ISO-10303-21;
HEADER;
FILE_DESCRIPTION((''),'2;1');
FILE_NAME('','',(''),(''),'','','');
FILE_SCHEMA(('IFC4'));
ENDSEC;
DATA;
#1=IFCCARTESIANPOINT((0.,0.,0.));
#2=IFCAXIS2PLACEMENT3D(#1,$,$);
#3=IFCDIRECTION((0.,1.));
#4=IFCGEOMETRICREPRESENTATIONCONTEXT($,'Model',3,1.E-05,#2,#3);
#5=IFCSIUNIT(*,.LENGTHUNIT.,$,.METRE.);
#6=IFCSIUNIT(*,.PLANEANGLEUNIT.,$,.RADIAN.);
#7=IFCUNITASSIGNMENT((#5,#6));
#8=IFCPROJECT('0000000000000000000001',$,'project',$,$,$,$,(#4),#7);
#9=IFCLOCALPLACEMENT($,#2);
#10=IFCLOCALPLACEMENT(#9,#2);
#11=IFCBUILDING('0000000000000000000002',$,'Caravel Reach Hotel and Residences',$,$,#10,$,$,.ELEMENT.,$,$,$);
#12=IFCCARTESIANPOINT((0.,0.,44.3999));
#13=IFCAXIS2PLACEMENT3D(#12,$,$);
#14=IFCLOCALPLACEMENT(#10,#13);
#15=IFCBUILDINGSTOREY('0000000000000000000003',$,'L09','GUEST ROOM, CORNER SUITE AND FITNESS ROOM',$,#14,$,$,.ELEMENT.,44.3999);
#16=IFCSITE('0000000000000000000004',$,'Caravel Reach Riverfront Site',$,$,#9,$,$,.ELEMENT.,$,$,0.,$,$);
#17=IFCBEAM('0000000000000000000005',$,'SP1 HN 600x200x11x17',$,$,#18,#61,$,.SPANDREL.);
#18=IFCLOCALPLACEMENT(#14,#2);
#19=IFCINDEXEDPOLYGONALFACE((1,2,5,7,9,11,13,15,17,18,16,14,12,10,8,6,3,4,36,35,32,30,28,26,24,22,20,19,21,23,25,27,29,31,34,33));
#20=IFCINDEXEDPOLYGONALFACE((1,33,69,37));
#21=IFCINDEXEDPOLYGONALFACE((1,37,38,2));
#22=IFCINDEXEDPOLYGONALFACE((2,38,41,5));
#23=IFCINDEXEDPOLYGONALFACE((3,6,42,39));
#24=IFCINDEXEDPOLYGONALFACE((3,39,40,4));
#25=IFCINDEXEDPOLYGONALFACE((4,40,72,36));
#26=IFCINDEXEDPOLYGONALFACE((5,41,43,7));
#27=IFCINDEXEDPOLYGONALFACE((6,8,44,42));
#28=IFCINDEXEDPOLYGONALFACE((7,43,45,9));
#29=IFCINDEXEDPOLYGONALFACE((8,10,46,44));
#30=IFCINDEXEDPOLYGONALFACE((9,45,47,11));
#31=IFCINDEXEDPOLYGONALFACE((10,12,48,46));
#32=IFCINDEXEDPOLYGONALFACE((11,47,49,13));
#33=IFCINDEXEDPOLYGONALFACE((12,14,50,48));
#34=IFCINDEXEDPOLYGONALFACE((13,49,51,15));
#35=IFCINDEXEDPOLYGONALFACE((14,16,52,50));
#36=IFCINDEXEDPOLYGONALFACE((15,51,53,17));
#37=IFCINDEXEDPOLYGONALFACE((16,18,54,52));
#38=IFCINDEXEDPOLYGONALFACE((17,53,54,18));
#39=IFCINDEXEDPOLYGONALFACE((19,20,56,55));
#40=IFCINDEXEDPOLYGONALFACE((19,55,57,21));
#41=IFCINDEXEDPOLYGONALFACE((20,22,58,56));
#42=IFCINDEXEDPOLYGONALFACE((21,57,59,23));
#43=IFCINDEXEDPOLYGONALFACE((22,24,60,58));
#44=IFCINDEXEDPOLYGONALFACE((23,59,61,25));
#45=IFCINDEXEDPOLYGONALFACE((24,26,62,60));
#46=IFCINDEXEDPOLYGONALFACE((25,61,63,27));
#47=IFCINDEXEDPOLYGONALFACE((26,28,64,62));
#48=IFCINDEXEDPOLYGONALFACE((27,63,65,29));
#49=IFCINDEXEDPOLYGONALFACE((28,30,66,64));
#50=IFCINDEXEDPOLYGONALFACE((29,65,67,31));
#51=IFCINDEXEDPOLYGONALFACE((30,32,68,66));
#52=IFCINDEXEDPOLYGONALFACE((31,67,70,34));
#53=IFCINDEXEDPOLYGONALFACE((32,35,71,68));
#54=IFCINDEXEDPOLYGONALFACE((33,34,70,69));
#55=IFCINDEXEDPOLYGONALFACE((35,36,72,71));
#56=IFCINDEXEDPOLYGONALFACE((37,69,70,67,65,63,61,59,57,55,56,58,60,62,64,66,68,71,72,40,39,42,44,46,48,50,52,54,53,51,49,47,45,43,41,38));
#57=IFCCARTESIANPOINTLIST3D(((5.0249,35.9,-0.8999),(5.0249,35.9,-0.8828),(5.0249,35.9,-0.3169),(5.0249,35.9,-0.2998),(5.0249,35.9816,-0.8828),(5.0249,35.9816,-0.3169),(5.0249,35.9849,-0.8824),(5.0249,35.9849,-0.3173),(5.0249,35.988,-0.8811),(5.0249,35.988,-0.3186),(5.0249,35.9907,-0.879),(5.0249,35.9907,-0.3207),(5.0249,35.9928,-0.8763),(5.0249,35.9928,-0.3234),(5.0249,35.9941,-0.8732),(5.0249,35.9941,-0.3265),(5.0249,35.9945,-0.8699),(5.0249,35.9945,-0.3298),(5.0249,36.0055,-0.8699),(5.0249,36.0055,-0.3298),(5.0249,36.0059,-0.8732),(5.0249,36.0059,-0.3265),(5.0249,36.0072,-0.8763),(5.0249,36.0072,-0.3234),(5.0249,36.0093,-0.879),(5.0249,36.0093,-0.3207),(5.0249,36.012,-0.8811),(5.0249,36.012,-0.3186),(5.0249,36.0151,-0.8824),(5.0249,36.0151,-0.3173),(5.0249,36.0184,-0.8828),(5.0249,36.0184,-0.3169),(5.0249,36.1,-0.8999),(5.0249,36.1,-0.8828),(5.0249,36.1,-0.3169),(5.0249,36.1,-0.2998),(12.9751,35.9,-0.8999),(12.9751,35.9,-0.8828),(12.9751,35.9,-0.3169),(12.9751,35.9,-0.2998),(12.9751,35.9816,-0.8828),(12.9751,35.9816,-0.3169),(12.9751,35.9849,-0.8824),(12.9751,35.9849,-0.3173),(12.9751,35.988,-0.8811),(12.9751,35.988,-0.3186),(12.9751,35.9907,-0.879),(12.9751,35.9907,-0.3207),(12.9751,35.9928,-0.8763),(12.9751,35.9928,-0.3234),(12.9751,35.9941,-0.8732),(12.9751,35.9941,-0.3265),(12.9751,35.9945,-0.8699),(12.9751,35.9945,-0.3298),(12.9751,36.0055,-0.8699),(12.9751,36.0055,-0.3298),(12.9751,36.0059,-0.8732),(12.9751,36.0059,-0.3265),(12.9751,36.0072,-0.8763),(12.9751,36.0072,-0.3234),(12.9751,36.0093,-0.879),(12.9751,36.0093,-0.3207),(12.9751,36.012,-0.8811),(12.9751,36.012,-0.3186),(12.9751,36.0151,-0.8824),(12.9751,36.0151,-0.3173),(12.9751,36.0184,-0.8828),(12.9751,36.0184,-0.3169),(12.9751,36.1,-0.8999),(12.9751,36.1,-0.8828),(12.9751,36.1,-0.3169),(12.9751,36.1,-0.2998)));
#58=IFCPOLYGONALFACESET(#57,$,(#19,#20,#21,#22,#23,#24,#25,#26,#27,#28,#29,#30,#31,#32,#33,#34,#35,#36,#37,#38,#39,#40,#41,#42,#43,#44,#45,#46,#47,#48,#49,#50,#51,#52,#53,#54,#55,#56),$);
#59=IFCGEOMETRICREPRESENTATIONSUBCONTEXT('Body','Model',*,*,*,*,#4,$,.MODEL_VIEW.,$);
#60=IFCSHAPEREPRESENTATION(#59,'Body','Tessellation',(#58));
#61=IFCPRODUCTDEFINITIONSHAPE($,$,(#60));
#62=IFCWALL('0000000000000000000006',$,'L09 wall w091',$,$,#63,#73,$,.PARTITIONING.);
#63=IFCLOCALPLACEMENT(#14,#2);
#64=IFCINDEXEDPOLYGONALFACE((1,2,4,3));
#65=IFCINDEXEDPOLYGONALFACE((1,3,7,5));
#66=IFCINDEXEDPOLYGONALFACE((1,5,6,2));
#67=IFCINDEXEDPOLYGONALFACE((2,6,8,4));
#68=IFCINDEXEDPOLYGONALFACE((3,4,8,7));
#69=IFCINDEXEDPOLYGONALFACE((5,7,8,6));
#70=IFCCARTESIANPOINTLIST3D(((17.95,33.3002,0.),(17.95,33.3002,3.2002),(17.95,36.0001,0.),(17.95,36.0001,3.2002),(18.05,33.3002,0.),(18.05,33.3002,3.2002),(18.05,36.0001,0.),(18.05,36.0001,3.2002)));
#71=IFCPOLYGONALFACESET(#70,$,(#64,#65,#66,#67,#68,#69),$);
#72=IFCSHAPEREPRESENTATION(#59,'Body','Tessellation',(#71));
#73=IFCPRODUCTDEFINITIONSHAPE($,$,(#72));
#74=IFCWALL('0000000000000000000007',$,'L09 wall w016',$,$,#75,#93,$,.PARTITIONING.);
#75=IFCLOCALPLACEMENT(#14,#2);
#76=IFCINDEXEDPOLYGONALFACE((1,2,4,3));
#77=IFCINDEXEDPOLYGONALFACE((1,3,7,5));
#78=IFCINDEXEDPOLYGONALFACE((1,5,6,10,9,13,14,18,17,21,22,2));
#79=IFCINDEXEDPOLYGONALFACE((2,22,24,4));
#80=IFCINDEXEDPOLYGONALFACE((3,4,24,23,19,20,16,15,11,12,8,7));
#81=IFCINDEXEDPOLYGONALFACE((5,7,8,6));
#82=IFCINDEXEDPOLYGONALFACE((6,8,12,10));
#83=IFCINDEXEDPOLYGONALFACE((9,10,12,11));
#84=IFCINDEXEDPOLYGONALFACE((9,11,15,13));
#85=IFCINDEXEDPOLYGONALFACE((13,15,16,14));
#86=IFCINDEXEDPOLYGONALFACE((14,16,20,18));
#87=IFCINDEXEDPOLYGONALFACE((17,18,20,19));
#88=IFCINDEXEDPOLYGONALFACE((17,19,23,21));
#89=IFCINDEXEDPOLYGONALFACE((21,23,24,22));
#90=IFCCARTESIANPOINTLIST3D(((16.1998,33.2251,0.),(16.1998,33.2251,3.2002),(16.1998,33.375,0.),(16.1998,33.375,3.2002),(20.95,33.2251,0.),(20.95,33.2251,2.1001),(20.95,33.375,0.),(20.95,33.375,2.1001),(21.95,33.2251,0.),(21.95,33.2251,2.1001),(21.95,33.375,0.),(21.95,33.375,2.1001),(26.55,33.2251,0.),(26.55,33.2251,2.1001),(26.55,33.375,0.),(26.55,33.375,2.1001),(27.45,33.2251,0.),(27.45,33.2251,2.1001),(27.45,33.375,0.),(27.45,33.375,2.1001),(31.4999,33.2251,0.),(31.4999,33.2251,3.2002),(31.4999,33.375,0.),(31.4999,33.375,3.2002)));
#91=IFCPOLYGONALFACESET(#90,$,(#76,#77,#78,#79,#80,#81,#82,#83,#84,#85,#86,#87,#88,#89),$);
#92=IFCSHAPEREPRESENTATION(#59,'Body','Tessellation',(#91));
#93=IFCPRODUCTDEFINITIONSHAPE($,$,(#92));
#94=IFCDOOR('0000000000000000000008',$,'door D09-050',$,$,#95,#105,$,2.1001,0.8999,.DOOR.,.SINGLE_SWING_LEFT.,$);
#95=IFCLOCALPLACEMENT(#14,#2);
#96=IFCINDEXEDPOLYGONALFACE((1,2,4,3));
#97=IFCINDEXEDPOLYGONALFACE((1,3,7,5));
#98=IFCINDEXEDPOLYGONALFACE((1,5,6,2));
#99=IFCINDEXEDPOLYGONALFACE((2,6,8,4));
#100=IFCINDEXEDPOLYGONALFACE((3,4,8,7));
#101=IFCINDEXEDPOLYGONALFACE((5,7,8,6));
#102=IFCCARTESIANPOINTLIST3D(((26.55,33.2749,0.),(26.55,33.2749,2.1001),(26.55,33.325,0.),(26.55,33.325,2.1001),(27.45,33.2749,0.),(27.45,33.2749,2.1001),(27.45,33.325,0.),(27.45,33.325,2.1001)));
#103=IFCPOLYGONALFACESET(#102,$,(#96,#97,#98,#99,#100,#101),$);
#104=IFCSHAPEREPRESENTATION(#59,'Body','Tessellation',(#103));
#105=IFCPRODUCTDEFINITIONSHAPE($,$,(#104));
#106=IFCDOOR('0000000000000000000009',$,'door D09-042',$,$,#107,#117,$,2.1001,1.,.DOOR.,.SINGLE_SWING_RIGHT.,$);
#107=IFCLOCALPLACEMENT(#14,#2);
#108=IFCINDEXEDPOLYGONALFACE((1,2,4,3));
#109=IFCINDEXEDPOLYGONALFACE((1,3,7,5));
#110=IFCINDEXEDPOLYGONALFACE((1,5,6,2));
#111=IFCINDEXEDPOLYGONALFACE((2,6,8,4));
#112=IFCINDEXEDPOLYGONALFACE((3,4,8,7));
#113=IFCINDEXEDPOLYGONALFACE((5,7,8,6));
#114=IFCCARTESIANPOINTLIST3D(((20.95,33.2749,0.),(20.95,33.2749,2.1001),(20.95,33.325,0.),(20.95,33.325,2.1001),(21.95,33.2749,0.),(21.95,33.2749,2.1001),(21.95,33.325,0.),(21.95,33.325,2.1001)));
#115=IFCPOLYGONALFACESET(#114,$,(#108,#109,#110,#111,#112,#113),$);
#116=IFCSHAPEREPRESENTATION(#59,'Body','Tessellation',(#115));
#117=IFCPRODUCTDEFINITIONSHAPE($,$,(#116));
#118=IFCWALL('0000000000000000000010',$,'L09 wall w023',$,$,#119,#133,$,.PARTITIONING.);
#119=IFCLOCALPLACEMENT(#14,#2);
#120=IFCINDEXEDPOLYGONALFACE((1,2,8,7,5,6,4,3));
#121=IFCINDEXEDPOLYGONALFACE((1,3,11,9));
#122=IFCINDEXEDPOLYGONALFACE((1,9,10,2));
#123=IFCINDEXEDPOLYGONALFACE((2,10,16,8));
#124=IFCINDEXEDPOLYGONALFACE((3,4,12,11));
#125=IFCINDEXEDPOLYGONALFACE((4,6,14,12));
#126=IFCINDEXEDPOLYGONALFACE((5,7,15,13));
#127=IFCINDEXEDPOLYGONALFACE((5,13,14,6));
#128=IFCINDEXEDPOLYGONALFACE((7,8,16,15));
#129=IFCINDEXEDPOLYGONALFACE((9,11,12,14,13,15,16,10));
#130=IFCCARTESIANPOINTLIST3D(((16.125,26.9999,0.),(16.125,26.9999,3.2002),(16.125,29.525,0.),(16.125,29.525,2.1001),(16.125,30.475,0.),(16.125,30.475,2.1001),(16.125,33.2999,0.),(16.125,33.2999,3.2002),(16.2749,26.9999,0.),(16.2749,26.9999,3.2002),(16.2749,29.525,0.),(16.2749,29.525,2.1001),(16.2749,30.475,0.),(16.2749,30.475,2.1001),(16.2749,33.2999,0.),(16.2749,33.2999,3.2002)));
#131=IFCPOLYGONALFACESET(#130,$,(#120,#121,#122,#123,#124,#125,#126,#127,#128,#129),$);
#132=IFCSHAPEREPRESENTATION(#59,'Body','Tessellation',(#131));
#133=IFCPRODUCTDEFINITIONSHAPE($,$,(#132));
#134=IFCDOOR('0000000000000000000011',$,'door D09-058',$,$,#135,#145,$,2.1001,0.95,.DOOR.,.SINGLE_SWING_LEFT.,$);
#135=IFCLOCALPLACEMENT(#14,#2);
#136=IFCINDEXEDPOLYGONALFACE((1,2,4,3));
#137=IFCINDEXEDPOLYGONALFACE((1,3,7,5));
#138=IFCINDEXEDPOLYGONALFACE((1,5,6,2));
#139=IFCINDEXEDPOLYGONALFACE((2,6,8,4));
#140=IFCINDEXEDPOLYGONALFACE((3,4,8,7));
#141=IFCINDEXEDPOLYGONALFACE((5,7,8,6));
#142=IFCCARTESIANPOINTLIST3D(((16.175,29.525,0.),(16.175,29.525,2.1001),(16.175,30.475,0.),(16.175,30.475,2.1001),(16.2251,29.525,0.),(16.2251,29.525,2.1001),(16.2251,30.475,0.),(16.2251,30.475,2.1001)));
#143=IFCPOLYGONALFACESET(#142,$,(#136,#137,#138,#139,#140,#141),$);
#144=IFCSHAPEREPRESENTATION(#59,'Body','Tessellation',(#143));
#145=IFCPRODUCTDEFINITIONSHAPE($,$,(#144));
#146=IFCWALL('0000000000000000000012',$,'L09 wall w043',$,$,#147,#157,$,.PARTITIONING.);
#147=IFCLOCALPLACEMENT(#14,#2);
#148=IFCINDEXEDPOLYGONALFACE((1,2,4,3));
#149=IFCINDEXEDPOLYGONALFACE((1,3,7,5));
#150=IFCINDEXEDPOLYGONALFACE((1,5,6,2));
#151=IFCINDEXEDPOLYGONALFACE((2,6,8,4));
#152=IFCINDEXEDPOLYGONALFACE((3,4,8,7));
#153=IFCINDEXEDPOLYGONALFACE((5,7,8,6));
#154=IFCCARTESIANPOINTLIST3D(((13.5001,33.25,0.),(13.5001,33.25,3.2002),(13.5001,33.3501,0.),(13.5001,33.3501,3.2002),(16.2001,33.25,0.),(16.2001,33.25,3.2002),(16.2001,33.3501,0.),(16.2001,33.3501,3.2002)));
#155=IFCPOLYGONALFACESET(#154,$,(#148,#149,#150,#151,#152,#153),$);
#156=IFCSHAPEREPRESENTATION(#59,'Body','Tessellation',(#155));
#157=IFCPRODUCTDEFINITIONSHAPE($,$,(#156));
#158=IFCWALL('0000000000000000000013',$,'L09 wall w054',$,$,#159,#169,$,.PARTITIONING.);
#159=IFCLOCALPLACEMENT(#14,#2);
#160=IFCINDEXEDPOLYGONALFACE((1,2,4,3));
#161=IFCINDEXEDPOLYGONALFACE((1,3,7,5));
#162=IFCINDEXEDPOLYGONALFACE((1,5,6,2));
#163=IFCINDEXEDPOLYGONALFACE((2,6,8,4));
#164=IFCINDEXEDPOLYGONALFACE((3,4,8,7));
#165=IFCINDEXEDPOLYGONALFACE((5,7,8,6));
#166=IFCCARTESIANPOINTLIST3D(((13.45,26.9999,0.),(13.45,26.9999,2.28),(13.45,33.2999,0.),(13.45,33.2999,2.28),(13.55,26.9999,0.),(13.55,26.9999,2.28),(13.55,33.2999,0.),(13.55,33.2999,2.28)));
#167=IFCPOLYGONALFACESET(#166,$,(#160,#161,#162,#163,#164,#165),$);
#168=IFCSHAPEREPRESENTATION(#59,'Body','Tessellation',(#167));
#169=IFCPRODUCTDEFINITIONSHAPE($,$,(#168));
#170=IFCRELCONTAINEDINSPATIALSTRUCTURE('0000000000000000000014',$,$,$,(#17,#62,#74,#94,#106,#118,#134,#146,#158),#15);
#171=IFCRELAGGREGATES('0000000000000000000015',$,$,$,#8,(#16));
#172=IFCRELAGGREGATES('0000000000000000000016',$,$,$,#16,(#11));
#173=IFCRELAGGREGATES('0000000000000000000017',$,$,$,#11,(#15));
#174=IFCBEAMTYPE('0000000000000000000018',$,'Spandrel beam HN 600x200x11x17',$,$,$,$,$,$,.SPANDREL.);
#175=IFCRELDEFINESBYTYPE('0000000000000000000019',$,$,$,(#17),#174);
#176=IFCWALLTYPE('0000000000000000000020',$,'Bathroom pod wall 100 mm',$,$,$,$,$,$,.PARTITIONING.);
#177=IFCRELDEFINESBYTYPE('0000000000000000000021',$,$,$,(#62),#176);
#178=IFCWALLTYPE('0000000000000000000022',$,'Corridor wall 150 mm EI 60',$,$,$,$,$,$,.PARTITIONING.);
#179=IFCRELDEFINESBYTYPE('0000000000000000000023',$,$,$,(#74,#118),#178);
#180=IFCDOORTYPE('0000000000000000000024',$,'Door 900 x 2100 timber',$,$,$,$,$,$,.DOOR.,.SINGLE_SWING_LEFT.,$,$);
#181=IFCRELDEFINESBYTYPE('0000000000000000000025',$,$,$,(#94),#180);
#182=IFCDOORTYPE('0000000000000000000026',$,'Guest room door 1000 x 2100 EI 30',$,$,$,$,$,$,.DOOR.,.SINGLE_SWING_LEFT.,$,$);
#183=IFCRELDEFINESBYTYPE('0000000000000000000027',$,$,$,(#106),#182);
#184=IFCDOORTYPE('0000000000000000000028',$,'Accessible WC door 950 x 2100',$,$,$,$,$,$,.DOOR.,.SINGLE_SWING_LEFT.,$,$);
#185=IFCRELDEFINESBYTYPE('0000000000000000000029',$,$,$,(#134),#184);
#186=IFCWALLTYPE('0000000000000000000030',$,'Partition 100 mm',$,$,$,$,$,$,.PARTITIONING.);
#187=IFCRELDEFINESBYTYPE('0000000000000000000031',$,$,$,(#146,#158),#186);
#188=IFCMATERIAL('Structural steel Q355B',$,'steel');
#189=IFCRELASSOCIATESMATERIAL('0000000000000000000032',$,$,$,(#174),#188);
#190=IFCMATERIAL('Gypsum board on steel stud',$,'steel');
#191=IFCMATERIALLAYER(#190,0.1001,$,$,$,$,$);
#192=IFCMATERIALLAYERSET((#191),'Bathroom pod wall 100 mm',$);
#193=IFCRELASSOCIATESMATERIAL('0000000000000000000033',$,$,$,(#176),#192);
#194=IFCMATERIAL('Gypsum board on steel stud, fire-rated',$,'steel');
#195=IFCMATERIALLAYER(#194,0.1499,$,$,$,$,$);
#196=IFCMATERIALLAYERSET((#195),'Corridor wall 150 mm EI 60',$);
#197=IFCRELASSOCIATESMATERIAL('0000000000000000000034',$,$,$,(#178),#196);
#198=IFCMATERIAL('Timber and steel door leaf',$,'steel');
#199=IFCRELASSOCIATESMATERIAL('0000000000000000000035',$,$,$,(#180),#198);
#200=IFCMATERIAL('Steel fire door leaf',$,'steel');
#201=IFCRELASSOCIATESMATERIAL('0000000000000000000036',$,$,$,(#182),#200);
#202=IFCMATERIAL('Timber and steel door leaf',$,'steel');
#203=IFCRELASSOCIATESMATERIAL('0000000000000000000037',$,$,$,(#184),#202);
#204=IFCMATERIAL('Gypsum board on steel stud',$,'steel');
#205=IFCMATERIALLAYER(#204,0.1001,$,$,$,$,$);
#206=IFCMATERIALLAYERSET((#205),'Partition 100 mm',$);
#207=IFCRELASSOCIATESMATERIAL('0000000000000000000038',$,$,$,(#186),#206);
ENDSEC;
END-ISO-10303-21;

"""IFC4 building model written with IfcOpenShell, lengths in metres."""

from ifc_helpers import new_model, si_unit, direction, frame, frame_2d, origin, origin_2d, place, context, subcontext, project, spatial, rectangle, i_section, extrude, material, layer, layer_set, material_profile, profile_set, type_object, element, fill, save


model = new_model("IFC4")

# Units and contexts
model_context = context("Model", 3, precision=1e-05, world=origin(), true_north=direction((0.0, 1.0)))
body_context = subcontext(model_context, "Body", "Model", "MODEL_VIEW")
ifc_project = project(units=[si_unit("LENGTHUNIT", "METRE"), si_unit("PLANEANGLEUNIT", "RADIAN")], contexts=[model_context])

# Site, building, storey
site_placement = place(None, origin())
site = spatial("IfcSite", under=ifc_project, at=site_placement, Name="Caravel Reach Riverfront Site", CompositionType="ELEMENT", RefElevation=0.0)
building_placement = place(site_placement, origin())
building = spatial("IfcBuilding", under=site, at=building_placement, Name="Caravel Reach Hotel and Residences", CompositionType="ELEMENT")
storey_placement = place(building_placement, frame((0.0, 0.0, 44.3999)))
storey = spatial("IfcBuildingStorey", under=building, at=storey_placement, Name="L09", Description="GUEST ROOM, CORNER SUITE AND FITNESS ROOM", CompositionType="ELEMENT", Elevation=44.3999)

# Beam
ifc_material_1 = material(Name="Structural steel Q355B", Category="steel")
ifc_material_profile_1 = material_profile(ifc_material_1, i_section(OverallWidth=0.2, OverallDepth=0.6001, WebThickness=0.011, FlangeThickness=0.0171, FilletRadius=0.0129, at=origin_2d()), Name="HN 600x200x11x17")
ifc_profile_set_1 = profile_set([ifc_material_profile_1], Name="Structural steel Q355B")
beam_type_1 = type_object("IfcBeamType", Name="Spandrel beam HN 600x200x11x17", PredefinedType="SPANDREL", material=ifc_profile_set_1)
beam_1_placement = place(storey_placement, frame((12.9751, 36.0, -0.5999), z_axis=(-1.0, 0.0, 0.0), x_axis=(0.0, -1.0, 0.0)))
element("IfcBeam", 1, at=beam_1_placement, inside=storey, type_object=beam_type_1, Name="SP1 HN 600x200x11x17", PredefinedType="SPANDREL", context=body_context, shape_type="SweptSolid", body=[
    extrude(i_section(OverallWidth=0.2, OverallDepth=0.6001, WebThickness=0.011, FlangeThickness=0.0171, FilletRadius=0.0129, at=origin_2d()), origin(), (0.0, 0.0, 1.0), 7.9502),
])

# Wall
ifc_material_2 = material(Name="Gypsum board on steel stud", Category="steel")
ifc_layer_1 = layer(ifc_material_2, 0.1001)
ifc_layer_set_1 = layer_set([ifc_layer_1], Name="Bathroom pod wall 100 mm")
wall_type_1 = type_object("IfcWallType", Name="Bathroom pod wall 100 mm", PredefinedType="PARTITIONING", material=ifc_layer_set_1)
wall_1_placement = place(storey_placement, frame((18.0, 33.3, 0.0), z_axis=(0.0, 0.0, 1.0), x_axis=(0.0, 1.0, 0.0)))
element("IfcWall", 2, at=wall_1_placement, inside=storey, type_object=wall_type_1, Name="L09 wall w091", PredefinedType="PARTITIONING", context=body_context, shape_type="SweptSolid", body=[
    extrude(rectangle(XDim=2.7, YDim=0.1001, at=frame_2d((1.3501, 0.0))), origin(), (0.0, 0.0, 1.0), 3.2002),
])

# Wall, openings, doors
ifc_material_3 = material(Name="Gypsum board on steel stud, fire-rated", Category="steel")
ifc_layer_2 = layer(ifc_material_3, 0.1499)
ifc_layer_set_2 = layer_set([ifc_layer_2], Name="Corridor wall 150 mm EI 60")
wall_type_2 = type_object("IfcWallType", Name="Corridor wall 150 mm EI 60", PredefinedType="PARTITIONING", material=ifc_layer_set_2)
wall_2_placement = place(storey_placement, frame((16.2, 33.3, 0.0), z_axis=(0.0, 0.0, 1.0), x_axis=(1.0, 0.0, 0.0)))
wall_2 = element("IfcWall", 3, at=wall_2_placement, inside=storey, type_object=wall_type_2, Name="L09 wall w016", PredefinedType="PARTITIONING", context=body_context, shape_type="SweptSolid", body=[
    extrude(rectangle(XDim=15.3, YDim=0.1499, at=frame_2d((7.6499, 0.0))), origin(), (0.0, 0.0, 1.0), 3.2002),
])
opening_1_placement = place(wall_2_placement, frame((4.75, 0.0, 0.0)))
opening_1 = element("IfcOpeningElement", 4, at=opening_1_placement, cuts=wall_2, PredefinedType="OPENING", context=body_context, shape_type="SweptSolid", body=[
    extrude(rectangle(XDim=1.0, YDim=2.1001, at=frame_2d((0.5, 1.05))), frame((0.0, 0.085, 0.0), z_axis=(0.0, -1.0, 0.0), x_axis=(1.0, 0.0, 0.0)), (0.0, 0.0, 1.0), 0.1699),
])
opening_2_placement = place(wall_2_placement, frame((10.3501, 0.0, 0.0)))
opening_2 = element("IfcOpeningElement", 5, at=opening_2_placement, cuts=wall_2, PredefinedType="OPENING", context=body_context, shape_type="SweptSolid", body=[
    extrude(rectangle(XDim=0.8999, YDim=2.1001, at=frame_2d((0.45, 1.05))), frame((0.0, 0.085, 0.0), z_axis=(0.0, -1.0, 0.0), x_axis=(1.0, 0.0, 0.0)), (0.0, 0.0, 1.0), 0.1699),
])
ifc_material_4 = material(Name="Timber and steel door leaf", Category="steel")
door_type_1 = type_object("IfcDoorType", Name="Door 900 x 2100 timber", OperationType="SINGLE_SWING_LEFT", PredefinedType="DOOR", material=ifc_material_4)
door_1_placement = place(opening_2_placement, origin())
door_1 = element("IfcDoor", 6, at=door_1_placement, inside=storey, type_object=door_type_1, Name="door D09-050", OperationType="SINGLE_SWING_LEFT", OverallHeight=2.1001, OverallWidth=0.8999, PredefinedType="DOOR", context=body_context, shape_type="SweptSolid", body=[
    extrude(rectangle(XDim=0.8999, YDim=2.1001, at=frame_2d((0.45, 1.05))), frame((0.0, 0.0249, 0.0), z_axis=(0.0, -1.0, 0.0), x_axis=(1.0, 0.0, 0.0)), (0.0, 0.0, 1.0), 0.05),
])
fill(opening_2, door_1)
ifc_material_5 = material(Name="Steel fire door leaf", Category="steel")
door_type_2 = type_object("IfcDoorType", Name="Guest room door 1000 x 2100 EI 30", OperationType="SINGLE_SWING_LEFT", PredefinedType="DOOR", material=ifc_material_5)
door_2_placement = place(opening_1_placement, origin())
door_2 = element("IfcDoor", 7, at=door_2_placement, inside=storey, type_object=door_type_2, Name="door D09-042", OperationType="SINGLE_SWING_RIGHT", OverallHeight=2.1001, OverallWidth=1.0, PredefinedType="DOOR", context=body_context, shape_type="SweptSolid", body=[
    extrude(rectangle(XDim=1.0, YDim=2.1001, at=frame_2d((0.5, 1.05))), frame((0.0, 0.0249, 0.0), z_axis=(0.0, -1.0, 0.0), x_axis=(1.0, 0.0, 0.0)), (0.0, 0.0, 1.0), 0.05),
])
fill(opening_1, door_2)

# Wall, opening, door
wall_3_placement = place(storey_placement, frame((16.2, 27.0, 0.0), z_axis=(0.0, 0.0, 1.0), x_axis=(0.0, 1.0, 0.0)))
wall_3 = element("IfcWall", 8, at=wall_3_placement, inside=storey, type_object=wall_type_2, Name="L09 wall w023", PredefinedType="PARTITIONING", context=body_context, shape_type="SweptSolid", body=[
    extrude(rectangle(XDim=6.3, YDim=0.1499, at=frame_2d((3.1499, 0.0))), origin(), (0.0, 0.0, 1.0), 3.2002),
])
opening_3_placement = place(wall_3_placement, frame((2.5249, 0.0, 0.0)))
opening_3 = element("IfcOpeningElement", 9, at=opening_3_placement, cuts=wall_3, PredefinedType="OPENING", context=body_context, shape_type="SweptSolid", body=[
    extrude(rectangle(XDim=0.95, YDim=2.1001, at=frame_2d((0.4751, 1.05))), frame((0.0, 0.085, 0.0), z_axis=(0.0, -1.0, 0.0), x_axis=(1.0, 0.0, 0.0)), (0.0, 0.0, 1.0), 0.1699),
])
ifc_material_6 = material(Name="Timber and steel door leaf", Category="steel")
door_type_3 = type_object("IfcDoorType", Name="Accessible WC door 950 x 2100", OperationType="SINGLE_SWING_LEFT", PredefinedType="DOOR", material=ifc_material_6)
door_3_placement = place(opening_3_placement, origin())
door_3 = element("IfcDoor", 10, at=door_3_placement, inside=storey, type_object=door_type_3, Name="door D09-058", OperationType="SINGLE_SWING_LEFT", OverallHeight=2.1001, OverallWidth=0.95, PredefinedType="DOOR", context=body_context, shape_type="SweptSolid", body=[
    extrude(rectangle(XDim=0.95, YDim=2.1001, at=frame_2d((0.4751, 1.05))), frame((0.0, 0.0249, 0.0), z_axis=(0.0, -1.0, 0.0), x_axis=(1.0, 0.0, 0.0)), (0.0, 0.0, 1.0), 0.05),
])
fill(opening_3, door_3)

# Walls
ifc_material_7 = material(Name="Gypsum board on steel stud", Category="steel")
ifc_layer_3 = layer(ifc_material_7, 0.1001)
ifc_layer_set_3 = layer_set([ifc_layer_3], Name="Partition 100 mm")
wall_type_3 = type_object("IfcWallType", Name="Partition 100 mm", PredefinedType="PARTITIONING", material=ifc_layer_set_3)
wall_4_placement = place(storey_placement, frame((13.5, 33.3, 0.0), z_axis=(0.0, 0.0, 1.0), x_axis=(1.0, 0.0, 0.0)))
element("IfcWall", 11, at=wall_4_placement, inside=storey, type_object=wall_type_3, Name="L09 wall w043", PredefinedType="PARTITIONING", context=body_context, shape_type="SweptSolid", body=[
    extrude(rectangle(XDim=2.7, YDim=0.1001, at=frame_2d((1.3501, 0.0))), origin(), (0.0, 0.0, 1.0), 3.2002),
])
wall_5_placement = place(storey_placement, frame((13.5, 27.0, 0.0), z_axis=(0.0, 0.0, 1.0), x_axis=(0.0, 1.0, 0.0)))
element("IfcWall", 12, at=wall_5_placement, inside=storey, type_object=wall_type_3, Name="L09 wall w054", PredefinedType="PARTITIONING", context=body_context, shape_type="SweptSolid", body=[
    extrude(rectangle(XDim=6.3, YDim=0.1001, at=frame_2d((3.1499, 0.0))), origin(), (0.0, 0.0, 1.0), 2.28),
])

save(model, "model.ifc")
